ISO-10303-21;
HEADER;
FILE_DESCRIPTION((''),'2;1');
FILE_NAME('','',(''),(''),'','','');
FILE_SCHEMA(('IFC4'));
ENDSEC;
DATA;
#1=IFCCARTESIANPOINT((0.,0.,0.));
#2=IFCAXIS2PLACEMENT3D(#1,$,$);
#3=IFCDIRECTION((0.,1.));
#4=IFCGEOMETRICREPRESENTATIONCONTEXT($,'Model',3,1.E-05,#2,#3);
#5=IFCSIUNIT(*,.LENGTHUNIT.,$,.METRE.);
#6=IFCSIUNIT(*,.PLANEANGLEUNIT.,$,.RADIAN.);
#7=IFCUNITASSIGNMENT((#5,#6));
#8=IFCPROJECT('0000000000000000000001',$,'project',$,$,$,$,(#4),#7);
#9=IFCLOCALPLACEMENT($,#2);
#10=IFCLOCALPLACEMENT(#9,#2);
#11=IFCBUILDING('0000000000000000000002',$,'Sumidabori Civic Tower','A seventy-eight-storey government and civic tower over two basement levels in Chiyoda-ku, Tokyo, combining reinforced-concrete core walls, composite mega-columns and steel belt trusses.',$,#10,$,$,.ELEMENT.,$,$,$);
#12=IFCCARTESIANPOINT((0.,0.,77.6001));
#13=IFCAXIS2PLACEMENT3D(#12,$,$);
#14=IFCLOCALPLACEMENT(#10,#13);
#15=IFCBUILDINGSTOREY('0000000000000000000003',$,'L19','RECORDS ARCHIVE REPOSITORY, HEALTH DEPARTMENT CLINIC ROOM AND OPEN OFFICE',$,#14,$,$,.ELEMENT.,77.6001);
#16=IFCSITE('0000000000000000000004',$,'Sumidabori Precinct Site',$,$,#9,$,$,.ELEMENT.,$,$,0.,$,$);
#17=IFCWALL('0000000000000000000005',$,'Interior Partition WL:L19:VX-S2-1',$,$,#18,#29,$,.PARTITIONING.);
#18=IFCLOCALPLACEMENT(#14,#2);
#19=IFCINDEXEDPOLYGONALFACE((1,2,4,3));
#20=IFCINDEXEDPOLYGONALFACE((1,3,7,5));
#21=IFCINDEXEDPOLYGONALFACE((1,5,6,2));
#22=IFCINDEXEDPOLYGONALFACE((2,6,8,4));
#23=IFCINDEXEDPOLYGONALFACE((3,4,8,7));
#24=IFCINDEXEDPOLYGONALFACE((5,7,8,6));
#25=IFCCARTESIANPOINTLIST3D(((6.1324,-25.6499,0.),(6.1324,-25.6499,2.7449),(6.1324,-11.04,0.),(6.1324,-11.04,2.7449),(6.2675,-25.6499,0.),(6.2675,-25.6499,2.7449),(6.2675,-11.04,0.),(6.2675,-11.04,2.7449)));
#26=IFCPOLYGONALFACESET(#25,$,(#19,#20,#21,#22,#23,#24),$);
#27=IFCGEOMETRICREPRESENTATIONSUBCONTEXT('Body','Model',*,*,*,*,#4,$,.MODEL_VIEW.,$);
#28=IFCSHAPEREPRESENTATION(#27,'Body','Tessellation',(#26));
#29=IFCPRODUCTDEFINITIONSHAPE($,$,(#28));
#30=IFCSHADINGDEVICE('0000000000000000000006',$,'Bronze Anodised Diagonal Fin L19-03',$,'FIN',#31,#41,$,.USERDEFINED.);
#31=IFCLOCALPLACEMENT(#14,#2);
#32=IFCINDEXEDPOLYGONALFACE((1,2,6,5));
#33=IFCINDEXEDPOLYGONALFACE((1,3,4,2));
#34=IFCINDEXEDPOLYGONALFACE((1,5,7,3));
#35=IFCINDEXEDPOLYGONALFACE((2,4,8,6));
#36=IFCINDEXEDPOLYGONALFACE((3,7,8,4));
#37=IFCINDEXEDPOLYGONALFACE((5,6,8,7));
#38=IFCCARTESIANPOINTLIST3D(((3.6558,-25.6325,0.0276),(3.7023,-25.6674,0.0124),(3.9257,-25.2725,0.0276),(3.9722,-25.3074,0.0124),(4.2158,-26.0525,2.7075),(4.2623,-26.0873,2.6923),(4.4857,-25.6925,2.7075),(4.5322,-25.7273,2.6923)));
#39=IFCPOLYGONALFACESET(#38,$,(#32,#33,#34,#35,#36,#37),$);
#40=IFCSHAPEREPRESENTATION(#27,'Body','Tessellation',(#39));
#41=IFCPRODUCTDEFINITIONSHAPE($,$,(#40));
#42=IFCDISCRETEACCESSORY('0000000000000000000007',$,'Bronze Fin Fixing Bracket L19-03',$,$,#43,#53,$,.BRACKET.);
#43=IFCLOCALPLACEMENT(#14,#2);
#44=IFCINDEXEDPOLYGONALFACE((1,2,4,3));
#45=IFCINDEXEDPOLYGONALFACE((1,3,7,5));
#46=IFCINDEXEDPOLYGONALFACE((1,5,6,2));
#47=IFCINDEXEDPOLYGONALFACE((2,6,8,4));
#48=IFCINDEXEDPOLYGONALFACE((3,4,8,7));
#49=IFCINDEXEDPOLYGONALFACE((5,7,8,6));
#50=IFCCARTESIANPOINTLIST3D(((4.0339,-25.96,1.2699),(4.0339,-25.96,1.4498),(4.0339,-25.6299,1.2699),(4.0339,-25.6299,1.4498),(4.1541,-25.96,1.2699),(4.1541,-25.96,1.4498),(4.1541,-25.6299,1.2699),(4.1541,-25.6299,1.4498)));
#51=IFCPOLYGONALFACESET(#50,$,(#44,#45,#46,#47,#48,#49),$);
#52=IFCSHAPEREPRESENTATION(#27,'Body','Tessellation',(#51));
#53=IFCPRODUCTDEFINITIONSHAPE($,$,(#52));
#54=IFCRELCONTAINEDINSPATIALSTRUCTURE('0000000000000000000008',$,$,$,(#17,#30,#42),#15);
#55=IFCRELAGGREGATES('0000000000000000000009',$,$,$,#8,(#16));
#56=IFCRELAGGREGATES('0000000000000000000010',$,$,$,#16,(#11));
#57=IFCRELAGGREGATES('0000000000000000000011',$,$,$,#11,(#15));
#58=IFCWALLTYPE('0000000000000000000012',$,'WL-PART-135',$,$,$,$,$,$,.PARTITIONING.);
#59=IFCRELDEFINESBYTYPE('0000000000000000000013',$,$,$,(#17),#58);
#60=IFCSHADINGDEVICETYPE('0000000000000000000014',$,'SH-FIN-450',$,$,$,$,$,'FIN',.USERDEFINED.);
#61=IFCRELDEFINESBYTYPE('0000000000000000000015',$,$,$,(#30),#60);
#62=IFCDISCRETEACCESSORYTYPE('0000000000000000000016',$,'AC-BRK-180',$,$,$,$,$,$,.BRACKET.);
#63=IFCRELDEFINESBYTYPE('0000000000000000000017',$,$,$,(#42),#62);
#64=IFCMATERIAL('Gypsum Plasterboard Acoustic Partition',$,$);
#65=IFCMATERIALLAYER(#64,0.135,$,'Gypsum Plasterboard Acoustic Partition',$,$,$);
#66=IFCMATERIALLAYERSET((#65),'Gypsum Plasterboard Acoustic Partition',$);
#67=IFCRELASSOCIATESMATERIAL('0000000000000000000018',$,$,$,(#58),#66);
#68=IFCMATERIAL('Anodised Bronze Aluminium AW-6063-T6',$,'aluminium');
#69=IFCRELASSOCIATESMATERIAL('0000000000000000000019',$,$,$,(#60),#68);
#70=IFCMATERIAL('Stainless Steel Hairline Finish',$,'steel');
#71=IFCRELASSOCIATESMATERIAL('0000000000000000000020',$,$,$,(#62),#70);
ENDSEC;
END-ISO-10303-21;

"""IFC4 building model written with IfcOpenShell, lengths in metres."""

from ifc_helpers import new_model, si_unit, direction, frame, frame_2d, origin, origin_2d, place, context, subcontext, project, spatial, rectangle, extrude, source, transform, mapped, material, layer, layer_set, material_profile, profile_set, type_object, element, save


model = new_model("IFC4")

# Units and contexts
model_context = context("Model", 3, precision=1e-05, world=origin(), true_north=direction((0.0, 1.0)))
body_context = subcontext(model_context, "Body", "Model", "MODEL_VIEW")
ifc_project = project(units=[si_unit("LENGTHUNIT", "METRE"), si_unit("PLANEANGLEUNIT", "RADIAN")], contexts=[model_context])

# Site, building, storey
site_placement = place(None, origin())
site = spatial("IfcSite", under=ifc_project, at=site_placement, Name="Sumidabori Precinct Site", CompositionType="ELEMENT", RefElevation=0.0)
building_placement = place(site_placement, origin())
building = spatial("IfcBuilding", under=site, at=building_placement, Name="Sumidabori Civic Tower", Description="A seventy-eight-storey government and civic tower over two basement levels in Chiyoda-ku, Tokyo, combining reinforced-concrete core walls, composite mega-columns and steel belt trusses.", CompositionType="ELEMENT")
storey_placement = place(building_placement, frame((0.0, 0.0, 77.6001)))
storey = spatial("IfcBuildingStorey", under=building, at=storey_placement, Name="L19", Description="RECORDS ARCHIVE REPOSITORY, HEALTH DEPARTMENT CLINIC ROOM AND OPEN OFFICE", CompositionType="ELEMENT", Elevation=77.6001)

# Shared definitions
ifc_material_1 = material(Name="Anodised Bronze Aluminium AW-6063-T6", Category="aluminium")

# Shared definitions
ifc_material_2 = material(Name="Gypsum Plasterboard Acoustic Partition")
ifc_layer_1 = layer(ifc_material_2, 0.135, Name="Gypsum Plasterboard Acoustic Partition")
ifc_layer_set_1 = layer_set([ifc_layer_1], Name="Gypsum Plasterboard Acoustic Partition")
wall_type = type_object("IfcWallType", Name="WL-PART-135", PredefinedType="PARTITIONING", material=ifc_layer_set_1)

# Wall
shared_shape_1 = source(origin(), body_context, "Body", "SweptSolid", [
    extrude(rectangle(XDim=14.6099, YDim=0.135, at=frame_2d((7.3049, 0.0))), origin(), (0.0, 0.0, 1.0), 2.7449),
])
wall_1_placement = place(storey_placement, frame((6.2, -25.6499, 0.0), z_axis=(0.0, 0.0, 1.0), x_axis=(0.0, 1.0, 0.0)))
element("IfcWall", 1, at=wall_1_placement, inside=storey, type_object=wall_type, Name="Interior Partition WL:L19:VX-S2-1", PredefinedType="PARTITIONING", context=body_context, shape_type="MappedRepresentation", body=[
    mapped(shared_shape_1, transform((0.0, 0.0, 0.0), x_axis=(1.0, 0.0, 0.0), y_axis=(0.0, 1.0, 0.0), z_axis=(0.0, 0.0, 1.0), scale=1.0)),
])

# Shading device
ifc_material_profile_1 = material_profile(ifc_material_1, rectangle(XDim=0.0601, YDim=0.45, at=origin_2d()), Name="BRONZE FIN 450x60")
ifc_profile_set_1 = profile_set([ifc_material_profile_1], Name="Anodised Bronze Aluminium AW-6063-T6")
shading_device_type = type_object("IfcShadingDeviceType", Name="SH-FIN-450", ElementType="FIN", PredefinedType="USERDEFINED", material=ifc_profile_set_1)
shared_shape_2 = source(origin(), body_context, "Body", "SweptSolid", [
    extrude(rectangle(XDim=0.0601, YDim=0.45, at=origin_2d()), origin(), (0.0, 0.0, 1.0), 2.7698),
])
shading_device_placement = place(storey_placement, frame((3.814, -25.47, 0.02), z_axis=(0.202199, -0.151605, 0.967539), x_axis=(0.774112, -0.580415, -0.252722)))
element("IfcShadingDevice", 2, at=shading_device_placement, inside=storey, type_object=shading_device_type, Name="Bronze Anodised Diagonal Fin L19-03", ObjectType="FIN", PredefinedType="USERDEFINED", context=body_context, shape_type="MappedRepresentation", body=[
    mapped(shared_shape_2, transform((0.0, 0.0, 0.0), x_axis=(1.0, 0.0, 0.0), y_axis=(0.0, 1.0, 0.0), z_axis=(0.0, 0.0, 1.0), scale=1.0)),
])

# Discrete accessory
ifc_material_3 = material(Name="Stainless Steel Hairline Finish", Category="steel")
ifc_material_profile_2 = material_profile(ifc_material_3, rectangle(XDim=0.1201, YDim=0.1799, at=origin_2d()), Name="STEEL BRACKET 180x120")
ifc_profile_set_2 = profile_set([ifc_material_profile_2], Name="Stainless Steel Hairline Finish")
discrete_accessory_type = type_object("IfcDiscreteAccessoryType", Name="AC-BRK-180", PredefinedType="BRACKET", material=ifc_profile_set_2)
shared_shape_3 = source(origin(), body_context, "Body", "SweptSolid", [
    extrude(rectangle(XDim=0.1201, YDim=0.1799, at=origin_2d()), origin(), (0.0, 0.0, 1.0), 0.3301),
])
discrete_accessory_placement = place(storey_placement, frame((4.094, -25.6299, 1.3599), z_axis=(0.0, -1.0, 0.0), x_axis=(1.0, 0.0, 0.0)))
element("IfcDiscreteAccessory", 3, at=discrete_accessory_placement, inside=storey, type_object=discrete_accessory_type, Name="Bronze Fin Fixing Bracket L19-03", PredefinedType="BRACKET", context=body_context, shape_type="MappedRepresentation", body=[
    mapped(shared_shape_3, transform((0.0, 0.0, 0.0), x_axis=(1.0, 0.0, 0.0), y_axis=(0.0, 1.0, 0.0), z_axis=(0.0, 0.0, 1.0), scale=1.0)),
])

save(model, "model.ifc")
